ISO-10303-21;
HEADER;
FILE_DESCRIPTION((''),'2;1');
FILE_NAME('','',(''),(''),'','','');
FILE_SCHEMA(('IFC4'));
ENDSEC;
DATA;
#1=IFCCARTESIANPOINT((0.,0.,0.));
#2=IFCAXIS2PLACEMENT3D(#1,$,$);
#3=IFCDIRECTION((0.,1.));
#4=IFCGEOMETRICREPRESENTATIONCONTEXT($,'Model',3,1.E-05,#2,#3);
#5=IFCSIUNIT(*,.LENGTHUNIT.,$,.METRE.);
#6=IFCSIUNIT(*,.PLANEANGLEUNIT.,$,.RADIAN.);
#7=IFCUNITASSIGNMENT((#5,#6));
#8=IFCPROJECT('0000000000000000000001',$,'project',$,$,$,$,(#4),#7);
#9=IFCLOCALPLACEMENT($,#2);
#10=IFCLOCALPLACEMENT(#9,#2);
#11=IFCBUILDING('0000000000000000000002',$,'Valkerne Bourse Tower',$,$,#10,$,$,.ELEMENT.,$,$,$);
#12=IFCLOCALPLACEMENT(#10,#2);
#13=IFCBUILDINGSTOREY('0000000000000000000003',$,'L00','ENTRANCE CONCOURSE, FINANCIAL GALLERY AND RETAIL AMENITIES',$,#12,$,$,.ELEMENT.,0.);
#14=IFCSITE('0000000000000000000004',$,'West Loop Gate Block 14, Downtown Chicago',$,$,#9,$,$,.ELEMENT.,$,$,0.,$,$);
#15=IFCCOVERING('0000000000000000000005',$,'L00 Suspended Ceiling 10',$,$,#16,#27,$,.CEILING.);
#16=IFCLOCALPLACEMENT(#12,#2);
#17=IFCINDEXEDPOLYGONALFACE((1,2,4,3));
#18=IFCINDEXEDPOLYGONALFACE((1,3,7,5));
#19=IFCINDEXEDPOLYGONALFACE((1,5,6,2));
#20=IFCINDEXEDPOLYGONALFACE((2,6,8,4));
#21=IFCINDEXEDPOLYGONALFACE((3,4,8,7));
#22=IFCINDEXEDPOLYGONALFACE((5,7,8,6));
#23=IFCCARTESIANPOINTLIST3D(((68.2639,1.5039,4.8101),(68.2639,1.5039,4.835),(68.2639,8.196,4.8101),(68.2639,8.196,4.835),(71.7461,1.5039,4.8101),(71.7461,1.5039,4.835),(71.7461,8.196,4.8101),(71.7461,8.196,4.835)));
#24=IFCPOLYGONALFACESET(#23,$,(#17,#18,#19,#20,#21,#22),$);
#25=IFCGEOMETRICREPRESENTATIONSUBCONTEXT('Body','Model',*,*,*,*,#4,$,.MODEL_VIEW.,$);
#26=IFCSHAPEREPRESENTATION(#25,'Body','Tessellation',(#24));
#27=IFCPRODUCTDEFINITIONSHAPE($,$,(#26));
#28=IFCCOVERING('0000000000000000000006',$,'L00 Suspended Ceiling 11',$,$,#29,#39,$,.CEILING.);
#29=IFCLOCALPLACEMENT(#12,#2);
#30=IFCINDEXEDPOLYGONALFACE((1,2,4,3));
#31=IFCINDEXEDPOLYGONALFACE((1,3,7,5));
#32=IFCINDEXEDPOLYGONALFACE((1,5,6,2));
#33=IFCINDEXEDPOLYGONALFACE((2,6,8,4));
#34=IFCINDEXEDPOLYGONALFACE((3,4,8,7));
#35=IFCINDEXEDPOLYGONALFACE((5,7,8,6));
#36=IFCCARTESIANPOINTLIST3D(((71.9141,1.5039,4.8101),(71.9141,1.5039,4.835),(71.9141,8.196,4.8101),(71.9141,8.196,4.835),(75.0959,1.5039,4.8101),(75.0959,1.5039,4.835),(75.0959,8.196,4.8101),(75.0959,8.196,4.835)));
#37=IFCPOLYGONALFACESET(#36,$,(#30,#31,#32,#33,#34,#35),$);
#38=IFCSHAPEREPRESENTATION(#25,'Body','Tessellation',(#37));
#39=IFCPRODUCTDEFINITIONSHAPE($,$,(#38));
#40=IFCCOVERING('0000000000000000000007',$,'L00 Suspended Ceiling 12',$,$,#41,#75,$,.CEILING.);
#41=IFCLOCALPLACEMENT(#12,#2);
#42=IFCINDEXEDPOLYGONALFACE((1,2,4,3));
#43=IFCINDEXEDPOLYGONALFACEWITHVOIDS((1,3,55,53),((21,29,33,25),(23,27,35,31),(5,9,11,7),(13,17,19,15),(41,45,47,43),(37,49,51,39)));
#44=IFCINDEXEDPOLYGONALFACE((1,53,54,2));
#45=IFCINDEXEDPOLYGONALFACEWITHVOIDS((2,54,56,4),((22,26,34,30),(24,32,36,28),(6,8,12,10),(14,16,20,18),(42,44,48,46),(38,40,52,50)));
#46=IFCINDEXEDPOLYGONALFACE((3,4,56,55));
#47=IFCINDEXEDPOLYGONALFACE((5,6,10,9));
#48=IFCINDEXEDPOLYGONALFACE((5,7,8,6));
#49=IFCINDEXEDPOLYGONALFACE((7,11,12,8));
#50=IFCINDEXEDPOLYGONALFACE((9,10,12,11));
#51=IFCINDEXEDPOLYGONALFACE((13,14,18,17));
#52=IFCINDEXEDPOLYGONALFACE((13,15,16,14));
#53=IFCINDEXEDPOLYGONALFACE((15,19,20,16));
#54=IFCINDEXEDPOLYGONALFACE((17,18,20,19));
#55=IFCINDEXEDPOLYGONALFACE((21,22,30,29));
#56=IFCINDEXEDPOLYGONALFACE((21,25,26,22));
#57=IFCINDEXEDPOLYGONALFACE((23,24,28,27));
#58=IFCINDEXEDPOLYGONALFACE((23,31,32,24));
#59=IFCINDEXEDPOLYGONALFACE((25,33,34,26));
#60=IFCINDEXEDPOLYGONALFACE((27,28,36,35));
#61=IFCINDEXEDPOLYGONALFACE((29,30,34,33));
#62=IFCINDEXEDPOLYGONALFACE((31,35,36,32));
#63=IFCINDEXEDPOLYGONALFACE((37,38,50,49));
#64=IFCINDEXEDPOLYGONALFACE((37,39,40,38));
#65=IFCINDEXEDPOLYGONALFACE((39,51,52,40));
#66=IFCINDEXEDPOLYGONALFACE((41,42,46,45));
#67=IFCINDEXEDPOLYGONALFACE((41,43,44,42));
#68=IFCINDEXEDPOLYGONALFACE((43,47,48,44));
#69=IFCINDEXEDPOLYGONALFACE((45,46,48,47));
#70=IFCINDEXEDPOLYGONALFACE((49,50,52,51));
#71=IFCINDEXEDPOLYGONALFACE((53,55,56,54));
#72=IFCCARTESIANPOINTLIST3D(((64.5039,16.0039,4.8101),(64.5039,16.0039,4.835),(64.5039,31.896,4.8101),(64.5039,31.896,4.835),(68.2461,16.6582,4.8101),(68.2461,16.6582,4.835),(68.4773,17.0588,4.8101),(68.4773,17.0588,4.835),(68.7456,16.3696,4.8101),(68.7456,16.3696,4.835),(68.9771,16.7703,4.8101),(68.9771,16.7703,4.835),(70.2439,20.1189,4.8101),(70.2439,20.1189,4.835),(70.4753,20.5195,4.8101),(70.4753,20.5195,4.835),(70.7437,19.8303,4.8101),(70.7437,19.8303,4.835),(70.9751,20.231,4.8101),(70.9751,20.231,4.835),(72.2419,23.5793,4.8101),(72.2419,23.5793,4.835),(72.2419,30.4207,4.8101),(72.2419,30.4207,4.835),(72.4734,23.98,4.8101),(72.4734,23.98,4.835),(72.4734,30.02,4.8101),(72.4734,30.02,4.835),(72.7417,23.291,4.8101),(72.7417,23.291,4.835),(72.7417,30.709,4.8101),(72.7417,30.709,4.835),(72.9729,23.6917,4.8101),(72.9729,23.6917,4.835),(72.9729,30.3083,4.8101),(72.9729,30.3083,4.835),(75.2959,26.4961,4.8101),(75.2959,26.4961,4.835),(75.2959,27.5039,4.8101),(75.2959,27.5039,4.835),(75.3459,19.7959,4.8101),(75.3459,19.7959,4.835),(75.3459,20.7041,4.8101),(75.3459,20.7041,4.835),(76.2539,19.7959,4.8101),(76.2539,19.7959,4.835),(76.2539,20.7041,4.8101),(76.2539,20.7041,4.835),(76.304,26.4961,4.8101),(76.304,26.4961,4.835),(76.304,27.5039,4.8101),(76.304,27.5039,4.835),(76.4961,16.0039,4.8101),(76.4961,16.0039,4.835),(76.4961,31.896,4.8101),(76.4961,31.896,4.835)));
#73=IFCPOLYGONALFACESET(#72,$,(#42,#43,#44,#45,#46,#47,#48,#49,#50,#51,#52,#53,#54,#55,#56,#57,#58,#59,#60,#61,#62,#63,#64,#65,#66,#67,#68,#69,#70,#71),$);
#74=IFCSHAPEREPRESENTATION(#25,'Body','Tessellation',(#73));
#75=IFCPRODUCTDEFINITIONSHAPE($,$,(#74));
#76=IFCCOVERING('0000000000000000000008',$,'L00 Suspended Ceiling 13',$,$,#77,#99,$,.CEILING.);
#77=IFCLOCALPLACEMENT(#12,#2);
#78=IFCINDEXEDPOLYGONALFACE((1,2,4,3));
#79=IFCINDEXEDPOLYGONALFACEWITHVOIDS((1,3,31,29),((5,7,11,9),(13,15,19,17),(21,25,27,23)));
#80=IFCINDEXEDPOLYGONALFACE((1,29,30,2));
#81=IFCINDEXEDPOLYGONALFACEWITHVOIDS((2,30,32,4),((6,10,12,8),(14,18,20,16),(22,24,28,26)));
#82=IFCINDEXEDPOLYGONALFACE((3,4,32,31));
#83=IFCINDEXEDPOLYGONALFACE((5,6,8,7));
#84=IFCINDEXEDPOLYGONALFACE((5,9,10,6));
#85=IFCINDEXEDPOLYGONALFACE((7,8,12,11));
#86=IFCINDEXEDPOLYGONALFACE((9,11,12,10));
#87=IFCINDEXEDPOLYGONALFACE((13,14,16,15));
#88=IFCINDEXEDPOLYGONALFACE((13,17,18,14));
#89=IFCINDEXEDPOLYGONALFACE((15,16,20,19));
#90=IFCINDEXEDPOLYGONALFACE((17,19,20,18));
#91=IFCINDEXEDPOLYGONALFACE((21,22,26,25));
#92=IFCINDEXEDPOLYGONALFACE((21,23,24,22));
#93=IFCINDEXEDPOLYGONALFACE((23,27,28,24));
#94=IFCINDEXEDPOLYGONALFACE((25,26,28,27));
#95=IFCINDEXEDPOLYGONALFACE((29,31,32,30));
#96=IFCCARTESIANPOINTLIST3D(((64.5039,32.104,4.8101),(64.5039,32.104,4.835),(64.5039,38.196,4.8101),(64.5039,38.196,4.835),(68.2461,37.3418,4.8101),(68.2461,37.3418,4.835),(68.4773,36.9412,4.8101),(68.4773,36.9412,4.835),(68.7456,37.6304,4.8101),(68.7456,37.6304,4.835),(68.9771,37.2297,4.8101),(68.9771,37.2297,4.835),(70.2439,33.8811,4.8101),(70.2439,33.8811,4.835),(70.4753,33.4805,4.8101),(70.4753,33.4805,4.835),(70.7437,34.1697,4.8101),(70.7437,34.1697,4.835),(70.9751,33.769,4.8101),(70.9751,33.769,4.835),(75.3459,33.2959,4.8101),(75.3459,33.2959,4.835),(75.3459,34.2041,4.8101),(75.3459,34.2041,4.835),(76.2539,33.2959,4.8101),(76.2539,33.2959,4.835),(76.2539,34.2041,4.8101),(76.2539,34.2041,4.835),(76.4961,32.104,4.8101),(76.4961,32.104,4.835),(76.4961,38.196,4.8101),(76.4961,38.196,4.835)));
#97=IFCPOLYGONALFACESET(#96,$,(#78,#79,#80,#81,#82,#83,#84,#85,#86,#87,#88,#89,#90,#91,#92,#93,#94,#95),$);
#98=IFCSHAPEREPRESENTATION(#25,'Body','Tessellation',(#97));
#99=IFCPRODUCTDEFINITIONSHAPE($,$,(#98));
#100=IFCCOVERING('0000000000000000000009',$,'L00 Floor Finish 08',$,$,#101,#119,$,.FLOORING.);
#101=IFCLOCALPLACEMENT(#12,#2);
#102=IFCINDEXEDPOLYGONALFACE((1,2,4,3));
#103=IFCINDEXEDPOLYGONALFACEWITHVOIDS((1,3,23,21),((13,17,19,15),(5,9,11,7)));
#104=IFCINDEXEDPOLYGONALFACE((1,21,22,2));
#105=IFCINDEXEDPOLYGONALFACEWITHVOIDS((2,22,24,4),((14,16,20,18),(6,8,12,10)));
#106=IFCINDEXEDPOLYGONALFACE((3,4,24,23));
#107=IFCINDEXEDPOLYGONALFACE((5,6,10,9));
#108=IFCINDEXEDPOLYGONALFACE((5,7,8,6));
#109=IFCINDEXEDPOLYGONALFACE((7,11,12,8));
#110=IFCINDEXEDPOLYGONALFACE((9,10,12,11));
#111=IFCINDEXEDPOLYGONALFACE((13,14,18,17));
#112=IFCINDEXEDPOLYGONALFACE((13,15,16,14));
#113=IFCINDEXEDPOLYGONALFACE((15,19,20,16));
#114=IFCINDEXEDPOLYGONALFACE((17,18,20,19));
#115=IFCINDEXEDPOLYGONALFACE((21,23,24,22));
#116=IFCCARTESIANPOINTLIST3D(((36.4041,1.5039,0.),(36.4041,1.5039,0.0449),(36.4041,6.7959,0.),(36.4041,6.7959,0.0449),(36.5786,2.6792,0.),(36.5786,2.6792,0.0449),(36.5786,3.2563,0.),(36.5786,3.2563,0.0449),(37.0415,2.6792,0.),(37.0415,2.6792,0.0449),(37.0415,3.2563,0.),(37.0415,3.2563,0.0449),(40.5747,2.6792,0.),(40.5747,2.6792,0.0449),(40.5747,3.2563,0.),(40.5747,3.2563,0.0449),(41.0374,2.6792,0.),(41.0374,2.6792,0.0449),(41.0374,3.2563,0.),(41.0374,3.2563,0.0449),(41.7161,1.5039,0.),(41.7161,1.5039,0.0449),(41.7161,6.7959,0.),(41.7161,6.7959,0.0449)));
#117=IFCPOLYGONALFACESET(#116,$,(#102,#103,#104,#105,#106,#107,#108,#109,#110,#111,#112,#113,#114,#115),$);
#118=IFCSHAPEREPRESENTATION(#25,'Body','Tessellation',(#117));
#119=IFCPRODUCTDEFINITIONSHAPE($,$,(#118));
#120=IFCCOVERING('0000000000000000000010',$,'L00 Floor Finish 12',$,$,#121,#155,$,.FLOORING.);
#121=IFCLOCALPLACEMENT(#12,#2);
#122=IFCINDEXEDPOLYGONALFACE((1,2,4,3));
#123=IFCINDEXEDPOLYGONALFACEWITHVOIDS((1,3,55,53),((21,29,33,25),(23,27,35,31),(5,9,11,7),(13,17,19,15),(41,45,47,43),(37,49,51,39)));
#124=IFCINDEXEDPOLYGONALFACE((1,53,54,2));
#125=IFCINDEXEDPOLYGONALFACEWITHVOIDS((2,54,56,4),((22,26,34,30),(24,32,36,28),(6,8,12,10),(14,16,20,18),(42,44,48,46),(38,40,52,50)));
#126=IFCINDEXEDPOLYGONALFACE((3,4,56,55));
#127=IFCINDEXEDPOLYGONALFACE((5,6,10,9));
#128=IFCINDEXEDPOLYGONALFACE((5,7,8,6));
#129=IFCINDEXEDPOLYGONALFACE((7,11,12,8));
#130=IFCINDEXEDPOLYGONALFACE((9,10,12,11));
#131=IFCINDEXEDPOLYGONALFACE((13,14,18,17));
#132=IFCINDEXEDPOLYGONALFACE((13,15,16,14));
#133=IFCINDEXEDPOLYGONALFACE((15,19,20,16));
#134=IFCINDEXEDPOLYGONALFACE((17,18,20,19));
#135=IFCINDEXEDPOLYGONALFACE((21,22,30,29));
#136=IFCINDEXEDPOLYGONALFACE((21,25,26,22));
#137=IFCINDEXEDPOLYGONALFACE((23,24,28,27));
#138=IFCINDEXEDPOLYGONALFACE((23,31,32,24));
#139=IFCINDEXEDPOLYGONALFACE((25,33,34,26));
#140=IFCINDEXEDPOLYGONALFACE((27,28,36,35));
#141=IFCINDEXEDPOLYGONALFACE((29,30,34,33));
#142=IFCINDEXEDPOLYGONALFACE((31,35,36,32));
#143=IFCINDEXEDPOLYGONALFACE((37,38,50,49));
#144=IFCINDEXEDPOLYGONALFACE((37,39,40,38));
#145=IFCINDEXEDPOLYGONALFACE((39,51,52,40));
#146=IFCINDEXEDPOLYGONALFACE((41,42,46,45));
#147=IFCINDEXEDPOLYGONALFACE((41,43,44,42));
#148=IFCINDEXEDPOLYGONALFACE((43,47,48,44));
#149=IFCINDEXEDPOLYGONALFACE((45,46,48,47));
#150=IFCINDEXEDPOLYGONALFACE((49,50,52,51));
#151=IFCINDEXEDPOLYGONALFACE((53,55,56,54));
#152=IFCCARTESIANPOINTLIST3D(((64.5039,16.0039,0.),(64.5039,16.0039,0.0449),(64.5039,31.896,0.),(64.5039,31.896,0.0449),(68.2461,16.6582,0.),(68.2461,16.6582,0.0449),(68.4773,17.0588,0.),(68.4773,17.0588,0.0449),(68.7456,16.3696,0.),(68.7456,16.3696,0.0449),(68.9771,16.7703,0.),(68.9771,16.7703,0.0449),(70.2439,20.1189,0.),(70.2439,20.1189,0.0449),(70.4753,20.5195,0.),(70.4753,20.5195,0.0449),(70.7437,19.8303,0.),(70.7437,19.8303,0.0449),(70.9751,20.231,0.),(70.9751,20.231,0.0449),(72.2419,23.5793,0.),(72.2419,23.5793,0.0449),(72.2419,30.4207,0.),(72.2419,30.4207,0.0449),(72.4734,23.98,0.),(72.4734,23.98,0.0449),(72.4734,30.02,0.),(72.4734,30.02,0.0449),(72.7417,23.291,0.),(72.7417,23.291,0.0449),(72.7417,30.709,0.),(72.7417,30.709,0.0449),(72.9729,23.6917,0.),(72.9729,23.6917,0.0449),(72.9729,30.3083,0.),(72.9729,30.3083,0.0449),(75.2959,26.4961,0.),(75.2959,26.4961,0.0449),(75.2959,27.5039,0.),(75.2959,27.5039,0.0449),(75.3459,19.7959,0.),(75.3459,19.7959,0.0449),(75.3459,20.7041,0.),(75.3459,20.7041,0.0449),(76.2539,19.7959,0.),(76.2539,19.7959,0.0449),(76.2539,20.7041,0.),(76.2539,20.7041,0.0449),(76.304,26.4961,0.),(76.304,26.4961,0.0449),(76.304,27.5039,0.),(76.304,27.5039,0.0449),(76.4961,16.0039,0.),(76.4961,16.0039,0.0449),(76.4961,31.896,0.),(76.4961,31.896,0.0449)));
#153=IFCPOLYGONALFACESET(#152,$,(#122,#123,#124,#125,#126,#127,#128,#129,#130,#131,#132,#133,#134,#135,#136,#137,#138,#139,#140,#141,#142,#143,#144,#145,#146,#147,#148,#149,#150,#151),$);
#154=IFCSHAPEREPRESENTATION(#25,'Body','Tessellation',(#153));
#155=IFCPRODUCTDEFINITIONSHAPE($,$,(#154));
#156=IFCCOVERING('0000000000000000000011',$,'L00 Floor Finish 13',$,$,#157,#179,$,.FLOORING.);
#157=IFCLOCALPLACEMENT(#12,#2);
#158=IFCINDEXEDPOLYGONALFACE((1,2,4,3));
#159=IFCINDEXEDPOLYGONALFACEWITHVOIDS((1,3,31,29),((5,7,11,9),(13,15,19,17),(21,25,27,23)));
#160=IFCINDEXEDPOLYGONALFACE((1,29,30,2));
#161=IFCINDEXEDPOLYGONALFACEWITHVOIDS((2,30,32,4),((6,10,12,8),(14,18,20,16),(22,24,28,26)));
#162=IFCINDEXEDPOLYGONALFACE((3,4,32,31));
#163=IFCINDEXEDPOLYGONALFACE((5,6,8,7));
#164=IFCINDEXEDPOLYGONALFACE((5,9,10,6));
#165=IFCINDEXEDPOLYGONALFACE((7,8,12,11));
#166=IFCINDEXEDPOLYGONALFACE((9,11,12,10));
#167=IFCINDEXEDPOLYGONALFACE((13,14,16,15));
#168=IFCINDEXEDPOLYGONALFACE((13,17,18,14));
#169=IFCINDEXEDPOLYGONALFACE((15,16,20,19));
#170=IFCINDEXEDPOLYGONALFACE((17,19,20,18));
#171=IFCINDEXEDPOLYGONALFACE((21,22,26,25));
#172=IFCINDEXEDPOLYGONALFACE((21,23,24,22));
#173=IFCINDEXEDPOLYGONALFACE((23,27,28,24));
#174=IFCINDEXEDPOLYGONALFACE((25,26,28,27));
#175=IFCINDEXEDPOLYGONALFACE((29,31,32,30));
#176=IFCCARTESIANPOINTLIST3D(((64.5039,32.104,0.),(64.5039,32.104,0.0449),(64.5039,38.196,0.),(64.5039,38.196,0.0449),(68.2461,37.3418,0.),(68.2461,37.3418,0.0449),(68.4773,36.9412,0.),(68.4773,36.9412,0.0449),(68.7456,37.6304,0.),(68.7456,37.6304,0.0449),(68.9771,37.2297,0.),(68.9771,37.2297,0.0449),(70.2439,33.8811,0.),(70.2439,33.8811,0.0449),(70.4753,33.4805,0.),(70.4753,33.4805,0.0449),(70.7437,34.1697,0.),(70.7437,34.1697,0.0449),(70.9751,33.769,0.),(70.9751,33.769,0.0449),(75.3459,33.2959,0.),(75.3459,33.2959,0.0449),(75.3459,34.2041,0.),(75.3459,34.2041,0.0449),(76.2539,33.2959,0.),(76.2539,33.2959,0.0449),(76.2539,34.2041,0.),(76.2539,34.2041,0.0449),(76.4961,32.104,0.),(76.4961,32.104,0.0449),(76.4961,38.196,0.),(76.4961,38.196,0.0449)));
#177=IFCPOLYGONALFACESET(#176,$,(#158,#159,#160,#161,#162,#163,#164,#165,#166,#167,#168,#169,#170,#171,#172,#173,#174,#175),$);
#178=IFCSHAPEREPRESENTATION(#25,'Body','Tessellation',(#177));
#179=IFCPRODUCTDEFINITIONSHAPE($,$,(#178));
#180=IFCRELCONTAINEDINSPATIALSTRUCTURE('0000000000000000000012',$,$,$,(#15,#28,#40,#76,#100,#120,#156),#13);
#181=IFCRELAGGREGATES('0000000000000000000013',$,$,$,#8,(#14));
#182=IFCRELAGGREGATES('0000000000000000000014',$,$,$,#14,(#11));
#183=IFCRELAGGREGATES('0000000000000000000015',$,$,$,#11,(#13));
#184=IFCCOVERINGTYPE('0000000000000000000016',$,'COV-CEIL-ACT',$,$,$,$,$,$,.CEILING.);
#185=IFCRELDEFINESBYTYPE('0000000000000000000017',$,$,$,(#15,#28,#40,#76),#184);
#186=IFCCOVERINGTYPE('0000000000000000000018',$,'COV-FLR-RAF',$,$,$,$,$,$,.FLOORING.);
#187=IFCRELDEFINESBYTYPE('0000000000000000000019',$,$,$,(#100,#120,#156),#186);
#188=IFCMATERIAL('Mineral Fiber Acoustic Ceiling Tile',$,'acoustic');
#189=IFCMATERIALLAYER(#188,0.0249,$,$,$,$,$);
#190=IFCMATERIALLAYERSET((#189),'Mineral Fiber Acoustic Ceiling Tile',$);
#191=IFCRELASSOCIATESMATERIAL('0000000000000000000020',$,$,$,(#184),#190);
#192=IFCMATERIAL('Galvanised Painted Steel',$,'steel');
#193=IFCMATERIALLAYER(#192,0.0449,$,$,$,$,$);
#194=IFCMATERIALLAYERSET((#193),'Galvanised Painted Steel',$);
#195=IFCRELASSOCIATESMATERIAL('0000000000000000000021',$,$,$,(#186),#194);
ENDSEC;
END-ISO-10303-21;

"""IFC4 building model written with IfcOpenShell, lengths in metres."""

from ifc_helpers import new_model, si_unit, direction, frame, origin, place, context, subcontext, project, spatial, polyline, outline, extrude, material, layer, layer_set, type_object, element, save


model = new_model("IFC4")

# Units and contexts
model_context = context("Model", 3, precision=1e-05, world=origin(), true_north=direction((0.0, 1.0)))
body_context = subcontext(model_context, "Body", "Model", "MODEL_VIEW")
ifc_project = project(units=[si_unit("LENGTHUNIT", "METRE"), si_unit("PLANEANGLEUNIT", "RADIAN")], contexts=[model_context])

# Site, building, storey
site_placement = place(None, origin())
site = spatial("IfcSite", under=ifc_project, at=site_placement, Name="West Loop Gate Block 14, Downtown Chicago", CompositionType="ELEMENT", RefElevation=0.0)
building_placement = place(site_placement, origin())
building = spatial("IfcBuilding", under=site, at=building_placement, Name="Valkerne Bourse Tower", CompositionType="ELEMENT")
storey_placement = place(building_placement, origin())
storey = spatial("IfcBuildingStorey", under=building, at=storey_placement, Name="L00", Description="ENTRANCE CONCOURSE, FINANCIAL GALLERY AND RETAIL AMENITIES", CompositionType="ELEMENT", Elevation=0.0)

# Coverings
ifc_material_1 = material(Name="Mineral Fiber Acoustic Ceiling Tile", Category="acoustic")
ifc_layer_1 = layer(ifc_material_1, 0.0249)
ifc_layer_set_1 = layer_set([ifc_layer_1], Name="Mineral Fiber Acoustic Ceiling Tile")
covering_type_1 = type_object("IfcCoveringType", Name="COV-CEIL-ACT", PredefinedType="CEILING", material=ifc_layer_set_1)
covering_1_placement = place(storey_placement, frame((0.0, 0.0, 4.8101)))
element("IfcCovering", 1, at=covering_1_placement, inside=storey, type_object=covering_type_1, Name="L00 Suspended Ceiling 10", PredefinedType="CEILING", context=body_context, shape_type="SweptSolid", body=[
    extrude(outline(polyline([(68.2639, 8.196), (71.7461, 8.196), (71.7461, 1.5039), (68.2639, 1.5039), (68.2639, 8.196)])), origin(), (0.0, 0.0, 1.0), 0.0249),
])
covering_2_placement = place(storey_placement, frame((0.0, 0.0, 4.8101)))
element("IfcCovering", 2, at=covering_2_placement, inside=storey, type_object=covering_type_1, Name="L00 Suspended Ceiling 11", PredefinedType="CEILING", context=body_context, shape_type="SweptSolid", body=[
    extrude(outline(polyline([(71.9141, 8.196), (75.0959, 8.196), (75.0959, 1.5039), (71.9141, 1.5039), (71.9141, 8.196)])), origin(), (0.0, 0.0, 1.0), 0.0249),
])
covering_3_placement = place(storey_placement, frame((0.0, 0.0, 4.8101)))
element("IfcCovering", 3, at=covering_3_placement, inside=storey, type_object=covering_type_1, Name="L00 Suspended Ceiling 12", PredefinedType="CEILING", context=body_context, shape_type="SweptSolid", body=[
    extrude(outline(polyline([(64.5039, 31.896), (76.4961, 31.896), (76.4961, 16.0039), (64.5039, 16.0039), (64.5039, 31.896)]), holes=[polyline([(68.2461, 16.6582), (68.7456, 16.3696), (68.9771, 16.7703), (68.4773, 17.0588), (68.2461, 16.6582)]), polyline([(70.4753, 20.5195), (70.2439, 20.1189), (70.7437, 19.8303), (70.9751, 20.231), (70.4753, 20.5195)]), polyline([(76.2539, 20.7041), (75.3459, 20.7041), (75.3459, 19.7959), (76.2539, 19.7959), (76.2539, 20.7041)]), polyline([(72.4734, 23.98), (72.2419, 23.5793), (72.7417, 23.291), (72.9729, 23.6917), (72.4734, 23.98)]), polyline([(76.304, 27.5039), (75.2959, 27.5039), (75.2959, 26.4961), (76.304, 26.4961), (76.304, 27.5039)]), polyline([(72.7417, 30.709), (72.2419, 30.4207), (72.4734, 30.02), (72.9729, 30.3083), (72.7417, 30.709)])]), origin(), (0.0, 0.0, 1.0), 0.0249),
])
covering_4_placement = place(storey_placement, frame((0.0, 0.0, 4.8101)))
element("IfcCovering", 4, at=covering_4_placement, inside=storey, type_object=covering_type_1, Name="L00 Suspended Ceiling 13", PredefinedType="CEILING", context=body_context, shape_type="SweptSolid", body=[
    extrude(outline(polyline([(64.5039, 38.196), (76.4961, 38.196), (76.4961, 32.104), (64.5039, 32.104), (64.5039, 38.196)]), holes=[polyline([(76.2539, 34.2041), (75.3459, 34.2041), (75.3459, 33.2959), (76.2539, 33.2959), (76.2539, 34.2041)]), polyline([(70.2439, 33.8811), (70.4753, 33.4805), (70.9751, 33.769), (70.7437, 34.1697), (70.2439, 33.8811)]), polyline([(68.2461, 37.3418), (68.4773, 36.9412), (68.9771, 37.2297), (68.7456, 37.6304), (68.2461, 37.3418)])]), origin(), (0.0, 0.0, 1.0), 0.0249),
])
ifc_material_2 = material(Name="Galvanised Painted Steel", Category="steel")
ifc_layer_2 = layer(ifc_material_2, 0.0449)
ifc_layer_set_2 = layer_set([ifc_layer_2], Name="Galvanised Painted Steel")
covering_type_2 = type_object("IfcCoveringType", Name="COV-FLR-RAF", PredefinedType="FLOORING", material=ifc_layer_set_2)
covering_5_placement = place(storey_placement, origin())
element("IfcCovering", 5, at=covering_5_placement, inside=storey, type_object=covering_type_2, Name="L00 Floor Finish 08", PredefinedType="FLOORING", context=body_context, shape_type="SweptSolid", body=[
    extrude(outline(polyline([(36.4041, 6.7959), (41.7161, 6.7959), (41.7161, 1.5039), (36.4041, 1.5039), (36.4041, 6.7959)]), holes=[polyline([(37.0415, 3.2563), (36.5786, 3.2563), (36.5786, 2.6792), (37.0415, 2.6792), (37.0415, 3.2563)]), polyline([(40.5747, 3.2563), (40.5747, 2.6792), (41.0374, 2.6792), (41.0374, 3.2563), (40.5747, 3.2563)])]), origin(), (0.0, 0.0, 1.0), 0.0449),
])
covering_6_placement = place(storey_placement, origin())
element("IfcCovering", 6, at=covering_6_placement, inside=storey, type_object=covering_type_2, Name="L00 Floor Finish 12", PredefinedType="FLOORING", context=body_context, shape_type="SweptSolid", body=[
    extrude(outline(polyline([(64.5039, 31.896), (76.4961, 31.896), (76.4961, 16.0039), (64.5039, 16.0039), (64.5039, 31.896)]), holes=[polyline([(68.2461, 16.6582), (68.7456, 16.3696), (68.9771, 16.7703), (68.4773, 17.0588), (68.2461, 16.6582)]), polyline([(70.4753, 20.5195), (70.2439, 20.1189), (70.7437, 19.8303), (70.9751, 20.231), (70.4753, 20.5195)]), polyline([(76.2539, 20.7041), (75.3459, 20.7041), (75.3459, 19.7959), (76.2539, 19.7959), (76.2539, 20.7041)]), polyline([(72.4734, 23.98), (72.2419, 23.5793), (72.7417, 23.291), (72.9729, 23.6917), (72.4734, 23.98)]), polyline([(76.304, 27.5039), (75.2959, 27.5039), (75.2959, 26.4961), (76.304, 26.4961), (76.304, 27.5039)]), polyline([(72.7417, 30.709), (72.2419, 30.4207), (72.4734, 30.02), (72.9729, 30.3083), (72.7417, 30.709)])]), origin(), (0.0, 0.0, 1.0), 0.0449),
])
covering_7_placement = place(storey_placement, origin())
element("IfcCovering", 7, at=covering_7_placement, inside=storey, type_object=covering_type_2, Name="L00 Floor Finish 13", PredefinedType="FLOORING", context=body_context, shape_type="SweptSolid", body=[
    extrude(outline(polyline([(64.5039, 38.196), (76.4961, 38.196), (76.4961, 32.104), (64.5039, 32.104), (64.5039, 38.196)]), holes=[polyline([(76.2539, 34.2041), (75.3459, 34.2041), (75.3459, 33.2959), (76.2539, 33.2959), (76.2539, 34.2041)]), polyline([(70.2439, 33.8811), (70.4753, 33.4805), (70.9751, 33.769), (70.7437, 34.1697), (70.2439, 33.8811)]), polyline([(68.2461, 37.3418), (68.4773, 36.9412), (68.9771, 37.2297), (68.7456, 37.6304), (68.2461, 37.3418)])]), origin(), (0.0, 0.0, 1.0), 0.0449),
])

save(model, "model.ifc")
